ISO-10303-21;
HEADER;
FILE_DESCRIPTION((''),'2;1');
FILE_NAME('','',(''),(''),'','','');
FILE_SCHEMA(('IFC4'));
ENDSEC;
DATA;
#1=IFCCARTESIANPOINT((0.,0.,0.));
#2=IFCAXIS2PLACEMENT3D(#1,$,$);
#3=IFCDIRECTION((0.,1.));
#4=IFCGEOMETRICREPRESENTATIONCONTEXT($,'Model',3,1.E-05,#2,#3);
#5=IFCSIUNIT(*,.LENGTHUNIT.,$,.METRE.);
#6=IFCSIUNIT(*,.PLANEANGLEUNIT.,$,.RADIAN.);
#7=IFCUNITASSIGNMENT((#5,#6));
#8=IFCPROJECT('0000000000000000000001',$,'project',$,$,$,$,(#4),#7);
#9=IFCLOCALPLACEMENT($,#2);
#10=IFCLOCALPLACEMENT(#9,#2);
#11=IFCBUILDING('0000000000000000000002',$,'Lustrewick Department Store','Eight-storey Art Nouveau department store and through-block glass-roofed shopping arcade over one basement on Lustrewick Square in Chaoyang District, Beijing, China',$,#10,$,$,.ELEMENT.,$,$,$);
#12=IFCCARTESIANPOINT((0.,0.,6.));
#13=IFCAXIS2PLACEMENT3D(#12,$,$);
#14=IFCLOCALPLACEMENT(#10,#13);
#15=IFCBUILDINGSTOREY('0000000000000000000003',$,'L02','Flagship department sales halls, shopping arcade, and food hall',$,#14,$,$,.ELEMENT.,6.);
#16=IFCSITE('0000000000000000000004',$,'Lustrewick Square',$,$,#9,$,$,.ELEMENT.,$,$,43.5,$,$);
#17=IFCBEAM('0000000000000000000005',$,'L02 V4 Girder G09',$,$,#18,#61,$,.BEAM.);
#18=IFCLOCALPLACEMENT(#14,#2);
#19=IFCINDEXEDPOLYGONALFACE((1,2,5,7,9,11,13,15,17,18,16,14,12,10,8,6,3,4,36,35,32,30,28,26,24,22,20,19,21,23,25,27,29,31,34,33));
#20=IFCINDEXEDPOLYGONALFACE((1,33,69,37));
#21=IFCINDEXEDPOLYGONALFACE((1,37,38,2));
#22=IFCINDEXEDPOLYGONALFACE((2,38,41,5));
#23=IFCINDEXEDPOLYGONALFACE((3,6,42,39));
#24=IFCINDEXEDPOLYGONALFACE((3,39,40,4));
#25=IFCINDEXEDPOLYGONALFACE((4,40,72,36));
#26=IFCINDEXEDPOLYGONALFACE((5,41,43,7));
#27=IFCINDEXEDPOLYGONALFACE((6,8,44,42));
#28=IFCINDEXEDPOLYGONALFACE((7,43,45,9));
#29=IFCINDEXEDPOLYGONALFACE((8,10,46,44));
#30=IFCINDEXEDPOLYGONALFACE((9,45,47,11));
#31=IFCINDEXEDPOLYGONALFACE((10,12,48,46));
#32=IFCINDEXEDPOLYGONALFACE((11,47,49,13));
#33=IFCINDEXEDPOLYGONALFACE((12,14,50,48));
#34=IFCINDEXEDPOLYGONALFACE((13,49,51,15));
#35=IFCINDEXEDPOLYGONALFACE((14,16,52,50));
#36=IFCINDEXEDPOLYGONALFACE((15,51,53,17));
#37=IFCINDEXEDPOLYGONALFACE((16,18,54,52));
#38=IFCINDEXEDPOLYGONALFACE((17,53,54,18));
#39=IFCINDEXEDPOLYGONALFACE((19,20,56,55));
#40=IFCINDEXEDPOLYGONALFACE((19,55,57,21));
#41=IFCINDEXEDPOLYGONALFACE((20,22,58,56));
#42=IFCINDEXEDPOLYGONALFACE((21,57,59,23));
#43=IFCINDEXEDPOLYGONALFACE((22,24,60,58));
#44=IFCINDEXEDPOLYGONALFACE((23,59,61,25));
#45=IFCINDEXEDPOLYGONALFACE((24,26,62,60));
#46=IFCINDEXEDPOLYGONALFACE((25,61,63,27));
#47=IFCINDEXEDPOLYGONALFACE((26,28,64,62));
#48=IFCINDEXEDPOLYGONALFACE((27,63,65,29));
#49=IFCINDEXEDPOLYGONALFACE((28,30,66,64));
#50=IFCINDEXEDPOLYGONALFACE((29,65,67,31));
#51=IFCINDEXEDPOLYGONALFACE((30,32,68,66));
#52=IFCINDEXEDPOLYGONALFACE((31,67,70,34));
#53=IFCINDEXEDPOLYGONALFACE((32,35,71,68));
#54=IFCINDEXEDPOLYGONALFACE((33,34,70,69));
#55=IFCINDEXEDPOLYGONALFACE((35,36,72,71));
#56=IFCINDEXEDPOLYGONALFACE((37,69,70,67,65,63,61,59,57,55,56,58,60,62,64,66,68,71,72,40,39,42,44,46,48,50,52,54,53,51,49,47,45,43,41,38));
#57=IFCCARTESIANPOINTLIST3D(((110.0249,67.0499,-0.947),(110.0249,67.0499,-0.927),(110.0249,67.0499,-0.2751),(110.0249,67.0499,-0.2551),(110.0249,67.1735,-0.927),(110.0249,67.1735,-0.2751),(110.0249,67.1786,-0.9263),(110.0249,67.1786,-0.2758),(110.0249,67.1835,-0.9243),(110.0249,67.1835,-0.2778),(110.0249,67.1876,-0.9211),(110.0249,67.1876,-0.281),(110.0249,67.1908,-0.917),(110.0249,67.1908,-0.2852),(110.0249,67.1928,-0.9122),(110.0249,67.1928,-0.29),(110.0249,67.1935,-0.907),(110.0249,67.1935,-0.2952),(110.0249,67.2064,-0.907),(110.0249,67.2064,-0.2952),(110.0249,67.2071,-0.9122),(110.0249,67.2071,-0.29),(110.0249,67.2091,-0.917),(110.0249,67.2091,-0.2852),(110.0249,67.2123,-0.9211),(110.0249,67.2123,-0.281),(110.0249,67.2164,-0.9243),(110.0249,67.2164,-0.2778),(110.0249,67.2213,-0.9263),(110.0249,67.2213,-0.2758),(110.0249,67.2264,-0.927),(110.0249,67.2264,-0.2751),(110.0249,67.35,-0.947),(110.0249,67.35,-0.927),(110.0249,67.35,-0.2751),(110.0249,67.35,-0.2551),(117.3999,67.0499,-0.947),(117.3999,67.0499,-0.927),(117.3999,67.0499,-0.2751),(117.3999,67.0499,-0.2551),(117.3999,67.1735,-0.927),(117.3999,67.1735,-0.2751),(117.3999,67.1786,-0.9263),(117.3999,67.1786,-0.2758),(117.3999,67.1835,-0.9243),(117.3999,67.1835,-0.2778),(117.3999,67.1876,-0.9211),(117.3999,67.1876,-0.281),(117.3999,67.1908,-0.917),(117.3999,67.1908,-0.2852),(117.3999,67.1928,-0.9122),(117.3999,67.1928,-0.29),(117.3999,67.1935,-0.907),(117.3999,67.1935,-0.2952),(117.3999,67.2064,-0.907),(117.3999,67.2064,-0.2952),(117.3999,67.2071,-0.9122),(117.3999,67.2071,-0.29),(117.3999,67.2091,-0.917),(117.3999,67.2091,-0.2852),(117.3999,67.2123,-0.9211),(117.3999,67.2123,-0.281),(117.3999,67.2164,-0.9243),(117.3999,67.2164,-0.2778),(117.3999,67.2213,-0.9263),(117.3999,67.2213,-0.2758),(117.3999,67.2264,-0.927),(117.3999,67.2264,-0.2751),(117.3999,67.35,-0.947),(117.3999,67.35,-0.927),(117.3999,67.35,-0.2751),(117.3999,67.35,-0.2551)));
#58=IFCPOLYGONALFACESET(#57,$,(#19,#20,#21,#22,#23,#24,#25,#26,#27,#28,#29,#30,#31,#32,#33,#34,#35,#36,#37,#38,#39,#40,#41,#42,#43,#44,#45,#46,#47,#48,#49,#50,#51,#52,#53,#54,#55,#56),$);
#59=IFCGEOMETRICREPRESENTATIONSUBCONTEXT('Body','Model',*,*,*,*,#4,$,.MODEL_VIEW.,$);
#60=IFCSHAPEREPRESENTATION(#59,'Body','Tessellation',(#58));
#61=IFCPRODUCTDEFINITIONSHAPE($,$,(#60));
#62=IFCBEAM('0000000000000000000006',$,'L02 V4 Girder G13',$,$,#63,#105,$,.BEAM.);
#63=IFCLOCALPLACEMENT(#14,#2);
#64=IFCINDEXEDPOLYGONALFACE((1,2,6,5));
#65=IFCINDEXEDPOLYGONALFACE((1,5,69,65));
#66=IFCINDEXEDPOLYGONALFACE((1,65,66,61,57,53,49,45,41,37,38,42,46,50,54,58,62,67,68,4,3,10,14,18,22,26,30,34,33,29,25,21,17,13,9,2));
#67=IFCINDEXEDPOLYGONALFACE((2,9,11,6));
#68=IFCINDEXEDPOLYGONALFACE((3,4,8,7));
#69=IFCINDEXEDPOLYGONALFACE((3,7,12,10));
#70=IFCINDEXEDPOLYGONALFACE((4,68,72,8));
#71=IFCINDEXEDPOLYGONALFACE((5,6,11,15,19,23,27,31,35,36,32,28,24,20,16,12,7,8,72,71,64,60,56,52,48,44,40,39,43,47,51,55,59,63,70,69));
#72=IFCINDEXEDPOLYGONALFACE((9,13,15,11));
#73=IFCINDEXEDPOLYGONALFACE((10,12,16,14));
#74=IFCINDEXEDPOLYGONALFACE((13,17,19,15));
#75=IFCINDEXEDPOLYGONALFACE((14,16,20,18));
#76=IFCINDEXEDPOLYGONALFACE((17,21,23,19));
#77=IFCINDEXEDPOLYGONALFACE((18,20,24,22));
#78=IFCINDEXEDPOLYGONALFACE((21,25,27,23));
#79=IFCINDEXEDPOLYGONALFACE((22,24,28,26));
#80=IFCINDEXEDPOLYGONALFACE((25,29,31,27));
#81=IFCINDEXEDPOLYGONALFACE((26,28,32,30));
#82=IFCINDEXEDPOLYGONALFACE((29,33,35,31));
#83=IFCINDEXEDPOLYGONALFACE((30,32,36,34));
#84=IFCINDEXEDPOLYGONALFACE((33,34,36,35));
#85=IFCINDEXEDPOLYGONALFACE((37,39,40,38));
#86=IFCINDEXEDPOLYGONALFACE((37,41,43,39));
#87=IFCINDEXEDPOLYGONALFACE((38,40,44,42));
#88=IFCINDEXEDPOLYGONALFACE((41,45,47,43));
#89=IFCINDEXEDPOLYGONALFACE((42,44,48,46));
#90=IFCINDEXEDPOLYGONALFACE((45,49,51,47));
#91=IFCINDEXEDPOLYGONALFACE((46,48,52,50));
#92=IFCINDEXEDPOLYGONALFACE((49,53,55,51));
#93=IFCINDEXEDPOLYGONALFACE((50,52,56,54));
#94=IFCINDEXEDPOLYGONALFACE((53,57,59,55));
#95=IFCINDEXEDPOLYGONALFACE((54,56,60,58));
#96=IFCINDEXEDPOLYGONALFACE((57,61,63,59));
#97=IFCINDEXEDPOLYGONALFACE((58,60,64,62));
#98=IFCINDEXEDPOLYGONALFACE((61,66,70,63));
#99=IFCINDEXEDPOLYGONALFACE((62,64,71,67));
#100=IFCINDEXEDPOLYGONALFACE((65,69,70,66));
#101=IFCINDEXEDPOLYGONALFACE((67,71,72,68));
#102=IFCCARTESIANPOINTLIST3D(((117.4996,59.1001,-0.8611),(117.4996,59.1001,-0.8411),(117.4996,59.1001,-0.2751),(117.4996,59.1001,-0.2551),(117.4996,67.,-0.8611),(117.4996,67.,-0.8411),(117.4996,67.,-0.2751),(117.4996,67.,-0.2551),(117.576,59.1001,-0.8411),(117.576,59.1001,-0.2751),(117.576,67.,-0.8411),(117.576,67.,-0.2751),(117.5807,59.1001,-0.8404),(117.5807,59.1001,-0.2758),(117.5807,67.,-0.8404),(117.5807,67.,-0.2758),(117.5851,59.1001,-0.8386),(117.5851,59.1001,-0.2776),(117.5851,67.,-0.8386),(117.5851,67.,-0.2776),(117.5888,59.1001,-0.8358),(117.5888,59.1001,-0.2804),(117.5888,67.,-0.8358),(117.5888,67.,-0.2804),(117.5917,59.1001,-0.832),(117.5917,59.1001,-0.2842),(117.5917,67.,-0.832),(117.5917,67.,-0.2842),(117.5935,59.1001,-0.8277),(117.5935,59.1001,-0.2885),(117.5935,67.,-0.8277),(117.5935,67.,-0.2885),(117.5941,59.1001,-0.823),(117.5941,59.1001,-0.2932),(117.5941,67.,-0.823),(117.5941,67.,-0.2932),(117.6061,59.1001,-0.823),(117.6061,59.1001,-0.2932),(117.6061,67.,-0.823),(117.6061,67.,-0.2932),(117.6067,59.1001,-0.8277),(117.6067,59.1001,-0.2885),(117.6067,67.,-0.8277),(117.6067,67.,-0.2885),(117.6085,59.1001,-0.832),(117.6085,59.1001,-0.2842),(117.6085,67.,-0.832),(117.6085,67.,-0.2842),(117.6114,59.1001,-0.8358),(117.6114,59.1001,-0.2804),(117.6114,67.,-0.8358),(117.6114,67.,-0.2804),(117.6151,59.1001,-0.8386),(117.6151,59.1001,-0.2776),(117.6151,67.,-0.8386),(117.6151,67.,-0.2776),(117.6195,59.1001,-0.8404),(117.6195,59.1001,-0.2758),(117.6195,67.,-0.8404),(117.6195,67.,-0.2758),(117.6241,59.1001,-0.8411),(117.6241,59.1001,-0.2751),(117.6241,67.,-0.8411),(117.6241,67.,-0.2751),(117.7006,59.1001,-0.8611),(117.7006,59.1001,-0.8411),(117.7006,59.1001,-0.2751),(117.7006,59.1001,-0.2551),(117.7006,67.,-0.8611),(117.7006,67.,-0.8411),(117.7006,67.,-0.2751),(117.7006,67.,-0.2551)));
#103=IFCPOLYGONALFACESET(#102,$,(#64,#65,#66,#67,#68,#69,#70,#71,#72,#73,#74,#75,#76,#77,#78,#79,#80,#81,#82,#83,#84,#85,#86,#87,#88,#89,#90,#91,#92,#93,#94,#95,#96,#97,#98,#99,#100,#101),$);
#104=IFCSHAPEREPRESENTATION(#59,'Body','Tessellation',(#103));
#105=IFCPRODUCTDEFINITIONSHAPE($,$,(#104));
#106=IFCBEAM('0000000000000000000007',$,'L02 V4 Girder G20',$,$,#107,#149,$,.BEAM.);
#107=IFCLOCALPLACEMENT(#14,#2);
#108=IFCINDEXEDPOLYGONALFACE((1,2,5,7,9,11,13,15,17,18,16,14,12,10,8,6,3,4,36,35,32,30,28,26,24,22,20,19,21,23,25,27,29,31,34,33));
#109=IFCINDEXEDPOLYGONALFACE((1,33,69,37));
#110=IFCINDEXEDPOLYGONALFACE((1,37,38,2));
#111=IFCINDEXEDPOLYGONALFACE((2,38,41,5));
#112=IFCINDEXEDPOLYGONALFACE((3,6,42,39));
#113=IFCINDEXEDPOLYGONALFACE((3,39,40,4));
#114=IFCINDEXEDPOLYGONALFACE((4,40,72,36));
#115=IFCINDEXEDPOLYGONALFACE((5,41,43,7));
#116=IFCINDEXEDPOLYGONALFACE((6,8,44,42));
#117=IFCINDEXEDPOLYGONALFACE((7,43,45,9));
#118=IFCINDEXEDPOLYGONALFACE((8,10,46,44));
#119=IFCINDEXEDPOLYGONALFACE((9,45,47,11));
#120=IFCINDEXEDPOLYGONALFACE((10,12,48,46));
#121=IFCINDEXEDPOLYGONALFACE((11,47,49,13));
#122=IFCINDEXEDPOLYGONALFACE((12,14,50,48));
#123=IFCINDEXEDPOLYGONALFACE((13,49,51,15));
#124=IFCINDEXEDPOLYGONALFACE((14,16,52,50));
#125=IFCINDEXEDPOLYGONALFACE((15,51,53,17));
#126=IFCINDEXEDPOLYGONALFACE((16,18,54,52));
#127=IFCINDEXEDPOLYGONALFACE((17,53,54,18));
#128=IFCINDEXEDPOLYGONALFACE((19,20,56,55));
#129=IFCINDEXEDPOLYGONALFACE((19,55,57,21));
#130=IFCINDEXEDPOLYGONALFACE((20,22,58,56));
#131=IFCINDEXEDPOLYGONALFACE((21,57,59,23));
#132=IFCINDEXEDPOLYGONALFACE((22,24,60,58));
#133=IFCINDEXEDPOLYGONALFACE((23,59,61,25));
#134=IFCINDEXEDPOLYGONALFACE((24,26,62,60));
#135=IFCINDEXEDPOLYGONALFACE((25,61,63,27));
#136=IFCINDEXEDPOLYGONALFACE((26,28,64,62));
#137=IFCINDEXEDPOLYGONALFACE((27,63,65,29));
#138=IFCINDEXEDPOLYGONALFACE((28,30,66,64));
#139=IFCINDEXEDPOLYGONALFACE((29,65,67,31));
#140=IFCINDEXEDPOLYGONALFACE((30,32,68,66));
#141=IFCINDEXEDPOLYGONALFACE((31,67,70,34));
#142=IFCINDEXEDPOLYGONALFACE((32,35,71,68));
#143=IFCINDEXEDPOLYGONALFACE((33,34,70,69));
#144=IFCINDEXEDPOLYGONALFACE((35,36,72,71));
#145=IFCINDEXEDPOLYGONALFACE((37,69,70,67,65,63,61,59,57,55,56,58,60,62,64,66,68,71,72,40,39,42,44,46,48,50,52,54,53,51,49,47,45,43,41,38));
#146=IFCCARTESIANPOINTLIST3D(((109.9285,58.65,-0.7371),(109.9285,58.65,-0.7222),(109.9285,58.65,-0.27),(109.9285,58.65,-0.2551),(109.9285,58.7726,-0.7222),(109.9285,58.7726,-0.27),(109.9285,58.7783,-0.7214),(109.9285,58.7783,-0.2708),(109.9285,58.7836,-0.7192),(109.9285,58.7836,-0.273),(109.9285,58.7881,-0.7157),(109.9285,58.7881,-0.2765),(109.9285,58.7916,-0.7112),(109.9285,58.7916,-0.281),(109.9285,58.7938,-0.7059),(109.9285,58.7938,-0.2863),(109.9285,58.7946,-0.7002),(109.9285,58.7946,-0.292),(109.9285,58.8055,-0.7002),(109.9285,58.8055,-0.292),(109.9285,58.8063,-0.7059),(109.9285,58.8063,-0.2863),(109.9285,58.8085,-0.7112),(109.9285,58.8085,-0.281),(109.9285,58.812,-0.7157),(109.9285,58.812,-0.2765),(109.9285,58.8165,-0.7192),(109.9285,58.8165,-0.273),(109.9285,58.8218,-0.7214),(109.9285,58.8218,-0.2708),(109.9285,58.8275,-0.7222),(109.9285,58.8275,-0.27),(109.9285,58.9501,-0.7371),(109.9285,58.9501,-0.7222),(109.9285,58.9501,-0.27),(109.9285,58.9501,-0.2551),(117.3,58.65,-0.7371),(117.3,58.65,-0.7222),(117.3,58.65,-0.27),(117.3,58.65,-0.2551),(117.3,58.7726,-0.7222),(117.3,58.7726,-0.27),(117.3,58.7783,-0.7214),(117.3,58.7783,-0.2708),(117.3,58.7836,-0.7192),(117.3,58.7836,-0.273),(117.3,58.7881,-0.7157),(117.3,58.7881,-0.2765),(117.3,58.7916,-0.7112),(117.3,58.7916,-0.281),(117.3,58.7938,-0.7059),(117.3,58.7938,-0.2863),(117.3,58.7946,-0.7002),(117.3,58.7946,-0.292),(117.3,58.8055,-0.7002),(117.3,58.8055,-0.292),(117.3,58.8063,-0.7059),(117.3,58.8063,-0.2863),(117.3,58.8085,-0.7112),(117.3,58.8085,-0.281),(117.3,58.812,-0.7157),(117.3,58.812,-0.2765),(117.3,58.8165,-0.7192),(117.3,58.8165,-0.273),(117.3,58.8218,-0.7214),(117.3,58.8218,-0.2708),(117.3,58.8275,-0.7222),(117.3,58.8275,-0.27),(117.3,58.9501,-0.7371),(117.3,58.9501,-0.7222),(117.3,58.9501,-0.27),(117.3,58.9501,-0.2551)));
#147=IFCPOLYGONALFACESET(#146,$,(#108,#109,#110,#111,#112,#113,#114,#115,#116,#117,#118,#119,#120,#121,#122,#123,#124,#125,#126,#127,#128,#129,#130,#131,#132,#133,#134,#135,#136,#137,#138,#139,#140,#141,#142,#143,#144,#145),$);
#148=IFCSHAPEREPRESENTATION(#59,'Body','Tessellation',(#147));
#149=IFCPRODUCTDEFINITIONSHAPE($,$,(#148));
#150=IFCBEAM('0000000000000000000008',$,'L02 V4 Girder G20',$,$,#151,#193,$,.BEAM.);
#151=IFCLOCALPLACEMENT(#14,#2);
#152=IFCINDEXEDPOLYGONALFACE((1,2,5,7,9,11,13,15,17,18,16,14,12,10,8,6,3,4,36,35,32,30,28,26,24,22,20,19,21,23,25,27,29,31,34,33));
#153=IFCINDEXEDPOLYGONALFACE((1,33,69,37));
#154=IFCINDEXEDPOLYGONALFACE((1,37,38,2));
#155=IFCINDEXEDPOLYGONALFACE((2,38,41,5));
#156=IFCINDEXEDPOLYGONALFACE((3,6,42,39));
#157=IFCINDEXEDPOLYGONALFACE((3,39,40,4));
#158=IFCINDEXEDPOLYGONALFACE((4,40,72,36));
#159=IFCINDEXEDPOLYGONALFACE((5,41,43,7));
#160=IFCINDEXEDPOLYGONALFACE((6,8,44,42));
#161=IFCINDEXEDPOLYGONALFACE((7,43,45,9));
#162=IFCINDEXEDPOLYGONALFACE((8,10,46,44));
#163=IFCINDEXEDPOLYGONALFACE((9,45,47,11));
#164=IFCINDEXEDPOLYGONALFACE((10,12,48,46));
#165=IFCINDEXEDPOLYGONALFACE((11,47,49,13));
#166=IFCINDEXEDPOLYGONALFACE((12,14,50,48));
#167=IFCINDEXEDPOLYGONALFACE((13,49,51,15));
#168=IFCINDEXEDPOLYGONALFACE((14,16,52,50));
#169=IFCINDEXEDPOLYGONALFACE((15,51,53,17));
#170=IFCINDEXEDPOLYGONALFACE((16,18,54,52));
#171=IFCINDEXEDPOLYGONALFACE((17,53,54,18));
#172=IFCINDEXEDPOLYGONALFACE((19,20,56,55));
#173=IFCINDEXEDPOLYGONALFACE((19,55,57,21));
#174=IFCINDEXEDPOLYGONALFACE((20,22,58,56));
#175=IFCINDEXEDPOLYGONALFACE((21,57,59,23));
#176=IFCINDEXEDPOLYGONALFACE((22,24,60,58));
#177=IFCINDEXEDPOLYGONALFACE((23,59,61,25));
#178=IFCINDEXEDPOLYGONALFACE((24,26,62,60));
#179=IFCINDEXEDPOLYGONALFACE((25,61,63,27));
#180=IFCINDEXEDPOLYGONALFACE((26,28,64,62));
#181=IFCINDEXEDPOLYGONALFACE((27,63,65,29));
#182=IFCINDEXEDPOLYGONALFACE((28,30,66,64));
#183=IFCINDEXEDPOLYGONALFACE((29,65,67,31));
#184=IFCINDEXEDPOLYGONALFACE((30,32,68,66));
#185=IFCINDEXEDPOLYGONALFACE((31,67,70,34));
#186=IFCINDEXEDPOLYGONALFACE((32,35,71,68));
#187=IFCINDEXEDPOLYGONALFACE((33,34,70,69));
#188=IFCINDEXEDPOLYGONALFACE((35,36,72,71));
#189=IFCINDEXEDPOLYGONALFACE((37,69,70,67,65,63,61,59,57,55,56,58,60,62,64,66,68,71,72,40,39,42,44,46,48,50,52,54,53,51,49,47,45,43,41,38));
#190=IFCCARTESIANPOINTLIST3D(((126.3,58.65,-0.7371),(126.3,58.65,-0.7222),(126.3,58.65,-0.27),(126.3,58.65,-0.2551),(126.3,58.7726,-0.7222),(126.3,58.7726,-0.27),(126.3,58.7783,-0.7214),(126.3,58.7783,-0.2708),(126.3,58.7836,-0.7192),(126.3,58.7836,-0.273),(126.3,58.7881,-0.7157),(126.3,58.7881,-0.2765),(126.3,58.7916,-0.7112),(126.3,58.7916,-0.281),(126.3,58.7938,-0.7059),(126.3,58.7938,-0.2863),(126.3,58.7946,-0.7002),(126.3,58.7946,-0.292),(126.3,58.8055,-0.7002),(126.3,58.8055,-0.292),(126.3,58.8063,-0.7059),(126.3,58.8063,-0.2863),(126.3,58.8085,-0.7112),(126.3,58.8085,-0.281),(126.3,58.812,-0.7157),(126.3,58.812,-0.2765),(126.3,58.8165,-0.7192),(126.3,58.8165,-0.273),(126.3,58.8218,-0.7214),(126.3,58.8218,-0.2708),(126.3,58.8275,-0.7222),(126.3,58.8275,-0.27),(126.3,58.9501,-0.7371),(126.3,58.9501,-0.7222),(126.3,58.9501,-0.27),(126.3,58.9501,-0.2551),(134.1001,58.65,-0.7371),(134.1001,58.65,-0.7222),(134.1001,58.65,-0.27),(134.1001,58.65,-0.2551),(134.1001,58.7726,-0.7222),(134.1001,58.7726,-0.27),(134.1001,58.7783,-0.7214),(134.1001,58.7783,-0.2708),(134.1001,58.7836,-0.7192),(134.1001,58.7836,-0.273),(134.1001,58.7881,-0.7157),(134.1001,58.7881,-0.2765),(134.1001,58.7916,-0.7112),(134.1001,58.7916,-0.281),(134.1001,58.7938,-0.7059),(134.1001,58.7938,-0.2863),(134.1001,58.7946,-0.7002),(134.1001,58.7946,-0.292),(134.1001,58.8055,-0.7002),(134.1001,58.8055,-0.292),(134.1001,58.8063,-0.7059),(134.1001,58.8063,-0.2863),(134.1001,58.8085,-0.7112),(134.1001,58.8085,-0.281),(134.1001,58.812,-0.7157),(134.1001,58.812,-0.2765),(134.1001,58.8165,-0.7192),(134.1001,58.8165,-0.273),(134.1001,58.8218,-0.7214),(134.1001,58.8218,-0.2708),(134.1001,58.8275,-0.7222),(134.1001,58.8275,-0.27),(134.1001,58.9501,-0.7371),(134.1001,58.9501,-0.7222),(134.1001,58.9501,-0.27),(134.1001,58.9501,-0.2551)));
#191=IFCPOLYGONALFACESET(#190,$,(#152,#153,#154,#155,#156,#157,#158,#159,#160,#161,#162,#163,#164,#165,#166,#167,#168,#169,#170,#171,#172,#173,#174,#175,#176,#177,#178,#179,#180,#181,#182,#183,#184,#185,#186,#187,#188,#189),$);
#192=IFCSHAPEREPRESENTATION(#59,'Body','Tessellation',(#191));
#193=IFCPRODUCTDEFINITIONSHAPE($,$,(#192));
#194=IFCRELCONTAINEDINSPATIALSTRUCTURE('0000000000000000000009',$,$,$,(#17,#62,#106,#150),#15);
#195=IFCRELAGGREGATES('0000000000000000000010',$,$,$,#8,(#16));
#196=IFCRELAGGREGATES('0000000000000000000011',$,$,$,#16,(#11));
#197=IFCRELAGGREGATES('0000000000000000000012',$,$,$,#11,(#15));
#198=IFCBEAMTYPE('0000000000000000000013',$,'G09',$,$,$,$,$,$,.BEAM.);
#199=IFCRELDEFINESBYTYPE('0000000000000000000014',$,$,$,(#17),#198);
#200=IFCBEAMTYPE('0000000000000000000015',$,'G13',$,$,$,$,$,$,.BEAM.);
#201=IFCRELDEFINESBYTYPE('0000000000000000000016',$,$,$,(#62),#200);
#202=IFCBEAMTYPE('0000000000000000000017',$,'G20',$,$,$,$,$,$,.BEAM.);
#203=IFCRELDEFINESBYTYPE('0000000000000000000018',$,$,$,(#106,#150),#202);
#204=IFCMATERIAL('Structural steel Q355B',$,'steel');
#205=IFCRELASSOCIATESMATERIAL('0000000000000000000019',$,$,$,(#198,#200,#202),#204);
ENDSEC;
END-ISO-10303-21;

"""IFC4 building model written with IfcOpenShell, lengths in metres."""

from ifc_helpers import new_model, si_unit, direction, frame, origin, origin_2d, place, context, subcontext, project, spatial, i_section, extrude, material, material_profile, profile_set, type_object, element, save


model = new_model("IFC4")

# Units and contexts
model_context = context("Model", 3, precision=1e-05, world=origin(), true_north=direction((0.0, 1.0)))
body_context = subcontext(model_context, "Body", "Model", "MODEL_VIEW")
ifc_project = project(units=[si_unit("LENGTHUNIT", "METRE"), si_unit("PLANEANGLEUNIT", "RADIAN")], contexts=[model_context])

# Site, building, storey
site_placement = place(None, origin())
site = spatial("IfcSite", under=ifc_project, at=site_placement, Name="Lustrewick Square", CompositionType="ELEMENT", RefElevation=43.5)
building_placement = place(site_placement, origin())
building = spatial("IfcBuilding", under=site, at=building_placement, Name="Lustrewick Department Store", Description="Eight-storey Art Nouveau department store and through-block glass-roofed shopping arcade over one basement on Lustrewick Square in Chaoyang District, Beijing, China", CompositionType="ELEMENT")
storey_placement = place(building_placement, frame((0.0, 0.0, 6.0)))
storey = spatial("IfcBuildingStorey", under=building, at=storey_placement, Name="L02", Description="Flagship department sales halls, shopping arcade, and food hall", CompositionType="ELEMENT", Elevation=6.0)

# Shared definitions
ifc_material_1 = material(Name="Structural steel Q355B", Category="steel")

# Beams
ifc_material_profile_1 = material_profile(ifc_material_1, i_section(OverallWidth=0.3, OverallDepth=0.6919, WebThickness=0.0129, FlangeThickness=0.02, FilletRadius=0.02, at=origin_2d()), Name="HN 692x300x13x20")
ifc_profile_set_1 = profile_set([ifc_material_profile_1], Name="Structural steel Q355B")
beam_type_1 = type_object("IfcBeamType", Name="G09", PredefinedType="BEAM", material=ifc_profile_set_1)
beam_1_placement = place(storey_placement, frame((110.0249, 67.2, -0.6011), z_axis=(1.0, 0.0, 0.0), x_axis=(0.0, 1.0, 0.0)))
element("IfcBeam", 1, at=beam_1_placement, inside=storey, type_object=beam_type_1, Name="L02 V4 Girder G09", PredefinedType="BEAM", context=body_context, shape_type="SweptSolid", body=[
    extrude(i_section(OverallWidth=0.3, OverallDepth=0.6919, WebThickness=0.0129, FlangeThickness=0.02, FilletRadius=0.02, at=origin_2d()), origin(), (0.0, 0.0, 1.0), 7.375),
])
ifc_material_profile_2 = material_profile(ifc_material_1, i_section(OverallWidth=0.2009, OverallDepth=0.606, WebThickness=0.012, FlangeThickness=0.02, FilletRadius=0.0181, at=origin_2d()), Name="HN 606x201x12x20")
ifc_profile_set_2 = profile_set([ifc_material_profile_2], Name="Structural steel Q355B")
beam_type_2 = type_object("IfcBeamType", Name="G13", PredefinedType="BEAM", material=ifc_profile_set_2)
beam_2_placement = place(storey_placement, frame((117.6001, 59.1001, -0.5581), z_axis=(0.0, 1.0, 0.0), x_axis=(-1.0, 0.0, 0.0)))
element("IfcBeam", 2, at=beam_2_placement, inside=storey, type_object=beam_type_2, Name="L02 V4 Girder G13", PredefinedType="BEAM", context=body_context, shape_type="SweptSolid", body=[
    extrude(i_section(OverallWidth=0.2009, OverallDepth=0.606, WebThickness=0.012, FlangeThickness=0.02, FilletRadius=0.0181, at=origin_2d()), origin(), (0.0, 0.0, 1.0), 7.8999),
])
ifc_material_profile_3 = material_profile(ifc_material_1, i_section(OverallWidth=0.3, OverallDepth=0.4819, WebThickness=0.011, FlangeThickness=0.0149, FilletRadius=0.022, at=origin_2d()), Name="HM 482x300x11x15")
ifc_profile_set_3 = profile_set([ifc_material_profile_3], Name="Structural steel Q355B")
beam_type_3 = type_object("IfcBeamType", Name="G20", PredefinedType="BEAM", material=ifc_profile_set_3)
beam_3_placement = place(storey_placement, frame((109.9285, 58.8, -0.4961), z_axis=(1.0, 0.0, 0.0), x_axis=(0.0, 1.0, 0.0)))
element("IfcBeam", 3, at=beam_3_placement, inside=storey, type_object=beam_type_3, Name="L02 V4 Girder G20", PredefinedType="BEAM", context=body_context, shape_type="SweptSolid", body=[
    extrude(i_section(OverallWidth=0.3, OverallDepth=0.4819, WebThickness=0.011, FlangeThickness=0.0149, FilletRadius=0.022, at=origin_2d()), origin(), (0.0, 0.0, 1.0), 7.3716),
])
beam_4_placement = place(storey_placement, frame((126.3, 58.8, -0.4961), z_axis=(1.0, 0.0, 0.0), x_axis=(0.0, 1.0, 0.0)))
element("IfcBeam", 4, at=beam_4_placement, inside=storey, type_object=beam_type_3, Name="L02 V4 Girder G20", PredefinedType="BEAM", context=body_context, shape_type="SweptSolid", body=[
    extrude(i_section(OverallWidth=0.3, OverallDepth=0.4819, WebThickness=0.011, FlangeThickness=0.0149, FilletRadius=0.022, at=origin_2d()), origin(), (0.0, 0.0, 1.0), 7.8),
])

save(model, "model.ifc")
